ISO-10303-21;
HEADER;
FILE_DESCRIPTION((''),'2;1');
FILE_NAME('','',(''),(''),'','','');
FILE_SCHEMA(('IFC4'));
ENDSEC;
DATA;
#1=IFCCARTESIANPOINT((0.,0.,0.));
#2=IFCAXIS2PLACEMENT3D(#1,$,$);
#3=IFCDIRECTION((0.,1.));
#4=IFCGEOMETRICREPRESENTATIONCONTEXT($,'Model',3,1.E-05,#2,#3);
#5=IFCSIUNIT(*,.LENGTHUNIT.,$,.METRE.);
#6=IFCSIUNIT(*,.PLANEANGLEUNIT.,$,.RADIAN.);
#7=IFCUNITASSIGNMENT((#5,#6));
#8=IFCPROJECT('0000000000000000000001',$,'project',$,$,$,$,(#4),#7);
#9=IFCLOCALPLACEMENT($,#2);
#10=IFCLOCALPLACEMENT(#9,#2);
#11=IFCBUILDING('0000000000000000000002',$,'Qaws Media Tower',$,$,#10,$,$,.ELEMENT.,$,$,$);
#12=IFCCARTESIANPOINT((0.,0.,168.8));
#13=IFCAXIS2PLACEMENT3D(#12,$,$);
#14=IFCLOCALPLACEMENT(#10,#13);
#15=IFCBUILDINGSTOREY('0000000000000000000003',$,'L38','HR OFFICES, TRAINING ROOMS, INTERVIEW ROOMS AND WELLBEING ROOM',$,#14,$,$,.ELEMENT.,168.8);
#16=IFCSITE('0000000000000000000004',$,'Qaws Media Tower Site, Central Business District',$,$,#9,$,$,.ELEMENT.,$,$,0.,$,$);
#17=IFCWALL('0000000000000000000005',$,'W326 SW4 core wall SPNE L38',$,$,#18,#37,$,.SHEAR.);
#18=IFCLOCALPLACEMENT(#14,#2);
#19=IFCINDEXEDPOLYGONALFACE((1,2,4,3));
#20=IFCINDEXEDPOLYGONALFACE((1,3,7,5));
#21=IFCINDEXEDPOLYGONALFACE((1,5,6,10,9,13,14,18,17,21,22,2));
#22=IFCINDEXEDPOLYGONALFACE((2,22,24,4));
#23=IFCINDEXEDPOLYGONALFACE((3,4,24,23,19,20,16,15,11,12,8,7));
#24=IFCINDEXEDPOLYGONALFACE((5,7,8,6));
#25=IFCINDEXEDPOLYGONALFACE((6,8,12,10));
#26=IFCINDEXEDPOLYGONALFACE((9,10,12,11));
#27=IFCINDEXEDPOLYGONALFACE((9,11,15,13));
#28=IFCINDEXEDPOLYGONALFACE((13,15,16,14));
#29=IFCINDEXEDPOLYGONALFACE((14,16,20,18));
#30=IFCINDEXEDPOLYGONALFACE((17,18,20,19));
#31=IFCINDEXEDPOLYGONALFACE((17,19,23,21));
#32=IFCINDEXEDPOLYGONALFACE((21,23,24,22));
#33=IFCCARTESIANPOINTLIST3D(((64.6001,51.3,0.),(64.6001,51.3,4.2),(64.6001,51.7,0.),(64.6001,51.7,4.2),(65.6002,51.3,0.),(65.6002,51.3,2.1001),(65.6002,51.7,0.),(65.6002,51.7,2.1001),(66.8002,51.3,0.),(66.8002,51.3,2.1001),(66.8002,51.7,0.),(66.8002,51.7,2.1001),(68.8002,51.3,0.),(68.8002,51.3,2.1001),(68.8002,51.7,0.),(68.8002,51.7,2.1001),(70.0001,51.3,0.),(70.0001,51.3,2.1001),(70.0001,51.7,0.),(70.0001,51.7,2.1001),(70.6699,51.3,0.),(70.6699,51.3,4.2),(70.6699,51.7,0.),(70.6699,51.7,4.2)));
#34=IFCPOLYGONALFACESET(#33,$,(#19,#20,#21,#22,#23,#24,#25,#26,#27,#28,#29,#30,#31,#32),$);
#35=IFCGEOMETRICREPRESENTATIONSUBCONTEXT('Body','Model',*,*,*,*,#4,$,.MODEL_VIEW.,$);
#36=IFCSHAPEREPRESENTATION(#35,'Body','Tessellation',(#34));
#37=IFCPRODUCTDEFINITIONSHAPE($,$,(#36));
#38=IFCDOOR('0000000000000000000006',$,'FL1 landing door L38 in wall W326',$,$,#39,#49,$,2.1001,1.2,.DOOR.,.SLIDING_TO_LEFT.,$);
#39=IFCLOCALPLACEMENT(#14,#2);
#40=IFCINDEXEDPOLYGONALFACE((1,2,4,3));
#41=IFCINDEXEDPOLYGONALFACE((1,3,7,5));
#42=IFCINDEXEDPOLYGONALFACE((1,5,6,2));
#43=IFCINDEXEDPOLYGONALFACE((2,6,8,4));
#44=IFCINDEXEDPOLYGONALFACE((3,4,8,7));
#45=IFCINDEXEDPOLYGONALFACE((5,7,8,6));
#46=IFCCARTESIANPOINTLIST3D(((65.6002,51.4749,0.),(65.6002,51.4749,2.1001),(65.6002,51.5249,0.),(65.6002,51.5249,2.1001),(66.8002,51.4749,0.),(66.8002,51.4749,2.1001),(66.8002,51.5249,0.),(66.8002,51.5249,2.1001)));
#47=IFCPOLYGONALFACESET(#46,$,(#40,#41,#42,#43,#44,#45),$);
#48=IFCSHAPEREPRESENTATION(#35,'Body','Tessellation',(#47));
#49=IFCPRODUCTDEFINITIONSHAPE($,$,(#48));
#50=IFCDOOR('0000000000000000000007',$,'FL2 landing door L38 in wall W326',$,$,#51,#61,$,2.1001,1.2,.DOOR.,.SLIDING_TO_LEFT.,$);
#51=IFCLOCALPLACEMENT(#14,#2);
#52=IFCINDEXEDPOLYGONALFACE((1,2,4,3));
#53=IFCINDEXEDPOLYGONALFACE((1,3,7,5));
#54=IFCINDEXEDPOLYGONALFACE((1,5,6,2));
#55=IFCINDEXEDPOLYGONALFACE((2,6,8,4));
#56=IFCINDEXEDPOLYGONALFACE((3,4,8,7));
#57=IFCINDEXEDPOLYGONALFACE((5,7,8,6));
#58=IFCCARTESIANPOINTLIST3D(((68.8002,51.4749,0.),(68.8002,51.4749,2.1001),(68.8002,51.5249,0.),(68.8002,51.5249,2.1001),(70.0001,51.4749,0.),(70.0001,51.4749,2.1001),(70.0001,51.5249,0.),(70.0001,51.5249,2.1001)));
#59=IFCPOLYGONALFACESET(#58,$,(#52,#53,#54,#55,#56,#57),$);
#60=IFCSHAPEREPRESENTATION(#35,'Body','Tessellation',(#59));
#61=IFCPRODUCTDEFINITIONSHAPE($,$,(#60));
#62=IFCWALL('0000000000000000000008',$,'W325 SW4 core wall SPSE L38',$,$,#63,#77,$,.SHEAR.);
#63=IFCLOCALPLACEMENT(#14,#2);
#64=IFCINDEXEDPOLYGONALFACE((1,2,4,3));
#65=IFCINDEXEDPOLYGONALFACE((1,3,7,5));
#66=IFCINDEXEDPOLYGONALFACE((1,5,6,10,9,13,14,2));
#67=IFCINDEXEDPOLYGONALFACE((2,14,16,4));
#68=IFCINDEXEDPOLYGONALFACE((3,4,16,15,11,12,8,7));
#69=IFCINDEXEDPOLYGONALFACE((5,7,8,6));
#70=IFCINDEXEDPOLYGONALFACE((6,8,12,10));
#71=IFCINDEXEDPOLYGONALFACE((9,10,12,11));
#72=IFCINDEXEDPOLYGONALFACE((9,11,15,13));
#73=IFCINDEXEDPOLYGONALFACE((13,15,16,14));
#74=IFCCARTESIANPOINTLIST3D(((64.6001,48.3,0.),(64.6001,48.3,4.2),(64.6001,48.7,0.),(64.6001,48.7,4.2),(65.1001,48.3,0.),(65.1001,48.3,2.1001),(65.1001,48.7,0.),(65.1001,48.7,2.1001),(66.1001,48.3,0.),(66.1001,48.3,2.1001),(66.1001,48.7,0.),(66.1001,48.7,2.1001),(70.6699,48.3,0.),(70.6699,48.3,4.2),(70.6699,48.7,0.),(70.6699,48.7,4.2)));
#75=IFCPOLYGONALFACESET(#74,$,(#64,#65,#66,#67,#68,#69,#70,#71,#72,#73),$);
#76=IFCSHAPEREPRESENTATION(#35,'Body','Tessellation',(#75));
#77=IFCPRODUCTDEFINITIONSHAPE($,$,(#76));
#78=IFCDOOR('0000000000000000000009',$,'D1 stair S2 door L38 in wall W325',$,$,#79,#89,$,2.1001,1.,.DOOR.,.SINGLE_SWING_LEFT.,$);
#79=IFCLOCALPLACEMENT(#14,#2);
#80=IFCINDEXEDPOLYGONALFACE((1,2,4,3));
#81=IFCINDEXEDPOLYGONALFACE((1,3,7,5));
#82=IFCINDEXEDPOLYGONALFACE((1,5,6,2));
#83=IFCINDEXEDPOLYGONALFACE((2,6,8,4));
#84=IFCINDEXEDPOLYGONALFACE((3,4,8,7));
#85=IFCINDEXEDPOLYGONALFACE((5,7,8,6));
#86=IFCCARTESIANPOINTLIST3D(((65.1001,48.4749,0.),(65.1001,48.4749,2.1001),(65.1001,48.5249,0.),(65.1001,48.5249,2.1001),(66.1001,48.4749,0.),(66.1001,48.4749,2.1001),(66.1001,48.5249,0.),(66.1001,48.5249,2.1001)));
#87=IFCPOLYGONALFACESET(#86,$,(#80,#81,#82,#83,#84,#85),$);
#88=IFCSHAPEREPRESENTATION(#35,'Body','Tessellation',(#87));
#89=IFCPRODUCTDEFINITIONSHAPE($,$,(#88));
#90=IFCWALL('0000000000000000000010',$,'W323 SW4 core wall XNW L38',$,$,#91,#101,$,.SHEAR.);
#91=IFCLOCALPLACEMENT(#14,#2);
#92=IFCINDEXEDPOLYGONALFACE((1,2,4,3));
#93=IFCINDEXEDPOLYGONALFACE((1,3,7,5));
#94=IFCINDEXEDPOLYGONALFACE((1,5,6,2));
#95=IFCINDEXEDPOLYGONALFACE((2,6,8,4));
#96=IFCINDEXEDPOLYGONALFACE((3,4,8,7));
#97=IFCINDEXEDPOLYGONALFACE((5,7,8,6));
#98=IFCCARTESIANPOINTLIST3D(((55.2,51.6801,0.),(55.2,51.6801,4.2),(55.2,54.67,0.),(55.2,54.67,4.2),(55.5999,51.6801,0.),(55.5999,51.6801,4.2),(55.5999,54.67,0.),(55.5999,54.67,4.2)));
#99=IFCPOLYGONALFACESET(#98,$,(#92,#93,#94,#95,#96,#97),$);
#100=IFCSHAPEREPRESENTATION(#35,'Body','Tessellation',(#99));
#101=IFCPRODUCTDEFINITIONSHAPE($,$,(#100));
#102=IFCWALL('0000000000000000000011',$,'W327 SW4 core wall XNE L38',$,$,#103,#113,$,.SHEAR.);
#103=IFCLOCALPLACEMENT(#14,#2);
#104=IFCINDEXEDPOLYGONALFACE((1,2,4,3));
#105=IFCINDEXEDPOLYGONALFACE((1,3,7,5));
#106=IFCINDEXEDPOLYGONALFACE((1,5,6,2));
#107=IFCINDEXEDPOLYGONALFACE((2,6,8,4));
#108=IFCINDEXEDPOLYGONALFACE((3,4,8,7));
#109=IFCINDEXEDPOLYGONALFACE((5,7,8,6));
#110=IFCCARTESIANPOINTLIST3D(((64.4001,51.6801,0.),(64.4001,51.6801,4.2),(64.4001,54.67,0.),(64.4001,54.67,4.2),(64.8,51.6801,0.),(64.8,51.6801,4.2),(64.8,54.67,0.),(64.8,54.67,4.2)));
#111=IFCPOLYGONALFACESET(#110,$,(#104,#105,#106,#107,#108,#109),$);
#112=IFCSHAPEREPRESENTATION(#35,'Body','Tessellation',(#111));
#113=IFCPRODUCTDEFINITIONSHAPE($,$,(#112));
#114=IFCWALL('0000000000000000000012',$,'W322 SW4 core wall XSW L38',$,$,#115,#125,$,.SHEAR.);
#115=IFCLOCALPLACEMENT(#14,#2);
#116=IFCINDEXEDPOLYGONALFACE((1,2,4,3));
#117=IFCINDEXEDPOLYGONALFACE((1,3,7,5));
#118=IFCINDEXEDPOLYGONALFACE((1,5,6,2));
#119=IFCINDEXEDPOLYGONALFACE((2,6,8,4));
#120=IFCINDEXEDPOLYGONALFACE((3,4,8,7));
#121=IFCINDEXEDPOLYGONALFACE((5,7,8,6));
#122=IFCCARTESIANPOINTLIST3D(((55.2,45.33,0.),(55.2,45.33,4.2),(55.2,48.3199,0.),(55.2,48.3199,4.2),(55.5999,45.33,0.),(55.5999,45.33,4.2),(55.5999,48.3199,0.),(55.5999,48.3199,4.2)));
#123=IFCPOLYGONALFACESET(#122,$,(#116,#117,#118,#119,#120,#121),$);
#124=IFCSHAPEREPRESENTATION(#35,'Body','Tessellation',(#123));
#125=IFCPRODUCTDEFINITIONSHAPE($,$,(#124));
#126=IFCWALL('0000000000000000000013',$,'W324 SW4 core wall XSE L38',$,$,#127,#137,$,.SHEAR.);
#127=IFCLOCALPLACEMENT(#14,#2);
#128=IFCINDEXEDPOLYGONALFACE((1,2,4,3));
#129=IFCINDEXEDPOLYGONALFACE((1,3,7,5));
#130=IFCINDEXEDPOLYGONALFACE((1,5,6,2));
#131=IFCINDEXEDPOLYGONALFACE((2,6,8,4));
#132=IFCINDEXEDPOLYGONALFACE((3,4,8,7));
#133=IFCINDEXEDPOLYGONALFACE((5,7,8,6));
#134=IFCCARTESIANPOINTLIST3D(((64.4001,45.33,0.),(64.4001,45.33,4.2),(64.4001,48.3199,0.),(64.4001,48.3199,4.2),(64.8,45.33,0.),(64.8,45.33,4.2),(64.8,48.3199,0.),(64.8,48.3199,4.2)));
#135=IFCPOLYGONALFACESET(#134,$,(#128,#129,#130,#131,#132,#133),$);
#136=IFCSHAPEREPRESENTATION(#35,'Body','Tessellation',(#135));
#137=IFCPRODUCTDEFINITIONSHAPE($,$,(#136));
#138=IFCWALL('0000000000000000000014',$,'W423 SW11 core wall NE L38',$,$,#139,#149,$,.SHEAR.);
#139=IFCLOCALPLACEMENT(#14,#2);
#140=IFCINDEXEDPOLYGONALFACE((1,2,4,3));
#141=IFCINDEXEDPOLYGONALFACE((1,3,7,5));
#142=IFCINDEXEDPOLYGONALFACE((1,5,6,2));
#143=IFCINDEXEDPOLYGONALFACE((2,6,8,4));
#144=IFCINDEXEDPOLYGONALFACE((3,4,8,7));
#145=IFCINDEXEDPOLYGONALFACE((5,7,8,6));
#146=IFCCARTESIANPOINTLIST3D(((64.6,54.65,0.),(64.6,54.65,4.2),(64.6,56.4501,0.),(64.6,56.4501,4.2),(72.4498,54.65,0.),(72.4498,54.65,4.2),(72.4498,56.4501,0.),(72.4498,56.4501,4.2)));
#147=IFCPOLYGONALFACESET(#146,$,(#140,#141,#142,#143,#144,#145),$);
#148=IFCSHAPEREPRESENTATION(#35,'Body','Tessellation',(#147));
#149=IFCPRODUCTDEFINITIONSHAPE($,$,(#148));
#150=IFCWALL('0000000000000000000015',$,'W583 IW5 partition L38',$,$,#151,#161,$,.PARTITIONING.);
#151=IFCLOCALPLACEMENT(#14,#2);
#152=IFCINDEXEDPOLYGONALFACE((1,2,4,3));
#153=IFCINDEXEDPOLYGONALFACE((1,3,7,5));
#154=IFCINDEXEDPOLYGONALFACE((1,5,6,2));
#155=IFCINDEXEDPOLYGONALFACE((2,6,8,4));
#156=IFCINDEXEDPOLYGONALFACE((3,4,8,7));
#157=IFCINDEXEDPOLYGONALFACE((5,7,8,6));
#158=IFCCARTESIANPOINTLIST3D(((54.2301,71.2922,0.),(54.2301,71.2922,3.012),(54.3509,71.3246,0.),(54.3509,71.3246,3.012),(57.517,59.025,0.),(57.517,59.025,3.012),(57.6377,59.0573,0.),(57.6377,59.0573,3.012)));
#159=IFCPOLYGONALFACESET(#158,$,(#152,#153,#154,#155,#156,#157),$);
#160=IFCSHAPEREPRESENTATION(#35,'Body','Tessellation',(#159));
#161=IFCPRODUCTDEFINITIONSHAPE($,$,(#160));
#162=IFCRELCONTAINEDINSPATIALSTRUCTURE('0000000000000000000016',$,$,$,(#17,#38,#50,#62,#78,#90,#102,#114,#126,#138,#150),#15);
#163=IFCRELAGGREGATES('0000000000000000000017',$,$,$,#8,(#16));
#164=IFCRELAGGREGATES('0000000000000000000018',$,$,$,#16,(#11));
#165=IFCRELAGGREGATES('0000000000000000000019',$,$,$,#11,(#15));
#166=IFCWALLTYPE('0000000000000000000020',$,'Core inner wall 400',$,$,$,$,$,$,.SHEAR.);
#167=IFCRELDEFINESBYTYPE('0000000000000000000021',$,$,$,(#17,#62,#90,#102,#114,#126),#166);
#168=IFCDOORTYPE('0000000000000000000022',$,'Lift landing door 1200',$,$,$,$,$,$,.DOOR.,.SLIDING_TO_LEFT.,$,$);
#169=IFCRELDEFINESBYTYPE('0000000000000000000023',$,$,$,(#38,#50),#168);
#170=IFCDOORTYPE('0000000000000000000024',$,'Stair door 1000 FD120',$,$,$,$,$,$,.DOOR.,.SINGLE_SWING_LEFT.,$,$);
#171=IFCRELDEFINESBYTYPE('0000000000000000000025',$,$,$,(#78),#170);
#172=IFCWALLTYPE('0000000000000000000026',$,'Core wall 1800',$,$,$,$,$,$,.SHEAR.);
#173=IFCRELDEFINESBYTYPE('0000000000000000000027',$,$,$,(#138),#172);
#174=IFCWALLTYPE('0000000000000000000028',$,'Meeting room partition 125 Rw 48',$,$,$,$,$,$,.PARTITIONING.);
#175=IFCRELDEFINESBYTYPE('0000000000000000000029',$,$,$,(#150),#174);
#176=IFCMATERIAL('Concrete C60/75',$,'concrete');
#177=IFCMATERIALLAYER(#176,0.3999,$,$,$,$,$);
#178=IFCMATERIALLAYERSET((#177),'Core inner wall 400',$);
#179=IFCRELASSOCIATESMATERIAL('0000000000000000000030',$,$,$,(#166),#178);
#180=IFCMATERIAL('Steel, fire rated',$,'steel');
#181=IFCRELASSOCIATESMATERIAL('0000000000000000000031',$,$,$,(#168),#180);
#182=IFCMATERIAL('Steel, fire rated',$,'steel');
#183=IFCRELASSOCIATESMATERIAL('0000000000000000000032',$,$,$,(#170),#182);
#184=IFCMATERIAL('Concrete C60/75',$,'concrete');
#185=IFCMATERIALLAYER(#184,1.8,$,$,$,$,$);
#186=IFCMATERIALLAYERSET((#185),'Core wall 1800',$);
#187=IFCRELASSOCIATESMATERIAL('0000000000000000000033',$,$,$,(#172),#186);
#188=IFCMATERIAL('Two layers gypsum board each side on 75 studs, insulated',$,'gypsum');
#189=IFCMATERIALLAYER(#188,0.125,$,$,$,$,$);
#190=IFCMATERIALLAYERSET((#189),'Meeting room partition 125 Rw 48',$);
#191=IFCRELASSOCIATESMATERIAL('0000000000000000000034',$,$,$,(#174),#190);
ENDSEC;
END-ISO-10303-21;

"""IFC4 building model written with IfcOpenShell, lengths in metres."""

from ifc_helpers import new_model, si_unit, direction, frame, frame_2d, origin, place, context, subcontext, project, spatial, rectangle, extrude, material, layer, layer_set, type_object, element, fill, save


model = new_model("IFC4")

# Units and contexts
model_context = context("Model", 3, precision=1e-05, world=origin(), true_north=direction((0.0, 1.0)))
body_context = subcontext(model_context, "Body", "Model", "MODEL_VIEW")
ifc_project = project(units=[si_unit("LENGTHUNIT", "METRE"), si_unit("PLANEANGLEUNIT", "RADIAN")], contexts=[model_context])

# Site, building, storey
site_placement = place(None, origin())
site = spatial("IfcSite", under=ifc_project, at=site_placement, Name="Qaws Media Tower Site, Central Business District", CompositionType="ELEMENT", RefElevation=0.0)
building_placement = place(site_placement, origin())
building = spatial("IfcBuilding", under=site, at=building_placement, Name="Qaws Media Tower", CompositionType="ELEMENT")
storey_placement = place(building_placement, frame((0.0, 0.0, 168.8)))
storey = spatial("IfcBuildingStorey", under=building, at=storey_placement, Name="L38", Description="HR OFFICES, TRAINING ROOMS, INTERVIEW ROOMS AND WELLBEING ROOM", CompositionType="ELEMENT", Elevation=168.8)

# Wall, openings, doors
ifc_material_1 = material(Name="Concrete C60/75", Category="concrete")
ifc_layer_1 = layer(ifc_material_1, 0.3999)
ifc_layer_set_1 = layer_set([ifc_layer_1], Name="Core inner wall 400")
wall_type_1 = type_object("IfcWallType", Name="Core inner wall 400", PredefinedType="SHEAR", material=ifc_layer_set_1)
wall_1_placement = place(storey_placement, frame((64.6001, 51.5, 0.0), z_axis=(0.0, 0.0, 1.0), x_axis=(1.0, 0.0, 0.0)))
wall_1 = element("IfcWall", 1, at=wall_1_placement, inside=storey, type_object=wall_type_1, Name="W326 SW4 core wall SPNE L38", PredefinedType="SHEAR", context=body_context, shape_type="SweptSolid", body=[
    extrude(rectangle(XDim=6.0698, YDim=0.3999, at=frame_2d((3.0349, 0.0))), origin(), (0.0, 0.0, 1.0), 4.2),
])
opening_1_placement = place(wall_1_placement, frame((1.0, 0.0, 0.0)))
opening_1 = element("IfcOpeningElement", 2, at=opening_1_placement, cuts=wall_1, PredefinedType="OPENING", context=body_context, shape_type="SweptSolid", body=[
    extrude(rectangle(XDim=1.2, YDim=2.1001, at=frame_2d((0.6001, 1.05))), frame((0.0, 0.21, 0.0), z_axis=(0.0, -1.0, 0.0), x_axis=(1.0, 0.0, 0.0)), (0.0, 0.0, 1.0), 0.4199),
])
opening_2_placement = place(wall_1_placement, frame((4.2, 0.0, 0.0)))
opening_2 = element("IfcOpeningElement", 3, at=opening_2_placement, cuts=wall_1, PredefinedType="OPENING", context=body_context, shape_type="SweptSolid", body=[
    extrude(rectangle(XDim=1.2, YDim=2.1001, at=frame_2d((0.6001, 1.05))), frame((0.0, 0.21, 0.0), z_axis=(0.0, -1.0, 0.0), x_axis=(1.0, 0.0, 0.0)), (0.0, 0.0, 1.0), 0.4199),
])
ifc_material_2 = material(Name="Steel, fire rated", Category="steel")
door_type_1 = type_object("IfcDoorType", Name="Lift landing door 1200", OperationType="SLIDING_TO_LEFT", PredefinedType="DOOR", material=ifc_material_2)
door_1_placement = place(opening_1_placement, origin())
door_1 = element("IfcDoor", 4, at=door_1_placement, inside=storey, type_object=door_type_1, Name="FL1 landing door L38 in wall W326", OperationType="SLIDING_TO_LEFT", OverallHeight=2.1001, OverallWidth=1.2, PredefinedType="DOOR", context=body_context, shape_type="SweptSolid", body=[
    extrude(rectangle(XDim=1.2, YDim=2.1001, at=frame_2d((0.6001, 1.05))), frame((0.0, 0.0249, 0.0), z_axis=(0.0, -1.0, 0.0), x_axis=(1.0, 0.0, 0.0)), (0.0, 0.0, 1.0), 0.05),
])
fill(opening_1, door_1)
door_2_placement = place(opening_2_placement, origin())
door_2 = element("IfcDoor", 5, at=door_2_placement, inside=storey, type_object=door_type_1, Name="FL2 landing door L38 in wall W326", OperationType="SLIDING_TO_LEFT", OverallHeight=2.1001, OverallWidth=1.2, PredefinedType="DOOR", context=body_context, shape_type="SweptSolid", body=[
    extrude(rectangle(XDim=1.2, YDim=2.1001, at=frame_2d((0.6001, 1.05))), frame((0.0, 0.0249, 0.0), z_axis=(0.0, -1.0, 0.0), x_axis=(1.0, 0.0, 0.0)), (0.0, 0.0, 1.0), 0.05),
])
fill(opening_2, door_2)

# Wall, opening, door
wall_2_placement = place(storey_placement, frame((64.6001, 48.5, 0.0), z_axis=(0.0, 0.0, 1.0), x_axis=(1.0, 0.0, 0.0)))
wall_2 = element("IfcWall", 6, at=wall_2_placement, inside=storey, type_object=wall_type_1, Name="W325 SW4 core wall SPSE L38", PredefinedType="SHEAR", context=body_context, shape_type="SweptSolid", body=[
    extrude(rectangle(XDim=6.0698, YDim=0.3999, at=frame_2d((3.0349, 0.0))), origin(), (0.0, 0.0, 1.0), 4.2),
])
opening_3_placement = place(wall_2_placement, frame((0.5, 0.0, 0.0)))
opening_3 = element("IfcOpeningElement", 7, at=opening_3_placement, cuts=wall_2, PredefinedType="OPENING", context=body_context, shape_type="SweptSolid", body=[
    extrude(rectangle(XDim=1.0, YDim=2.1001, at=frame_2d((0.5, 1.05))), frame((0.0, 0.21, 0.0), z_axis=(0.0, -1.0, 0.0), x_axis=(1.0, 0.0, 0.0)), (0.0, 0.0, 1.0), 0.4199),
])
ifc_material_3 = material(Name="Steel, fire rated", Category="steel")
door_type_2 = type_object("IfcDoorType", Name="Stair door 1000 FD120", OperationType="SINGLE_SWING_LEFT", PredefinedType="DOOR", material=ifc_material_3)
door_3_placement = place(opening_3_placement, origin())
door_3 = element("IfcDoor", 8, at=door_3_placement, inside=storey, type_object=door_type_2, Name="D1 stair S2 door L38 in wall W325", OperationType="SINGLE_SWING_LEFT", OverallHeight=2.1001, OverallWidth=1.0, PredefinedType="DOOR", context=body_context, shape_type="SweptSolid", body=[
    extrude(rectangle(XDim=1.0, YDim=2.1001, at=frame_2d((0.5, 1.05))), frame((0.0, 0.0249, 0.0), z_axis=(0.0, -1.0, 0.0), x_axis=(1.0, 0.0, 0.0)), (0.0, 0.0, 1.0), 0.05),
])
fill(opening_3, door_3)

# Walls
for number, where, z_axis, x_axis, name in (
    (9, (55.3999, 51.6799, 0.0), (0.0, 0.0, 1.0), (0.0, 1.0, 0.0), "W323 SW4 core wall XNW L38"),
    (10, (64.6001, 51.6799, 0.0), (0.0, 0.0, 1.0), (0.0, 1.0, 0.0), "W327 SW4 core wall XNE L38"),
    (11, (55.3999, 48.3201, 0.0), (0.0, 0.0, 1.0), (0.0, -1.0, 0.0), "W322 SW4 core wall XSW L38"),
    (12, (64.6001, 48.3201, 0.0), (0.0, 0.0, 1.0), (0.0, -1.0, 0.0), "W324 SW4 core wall XSE L38"),
):
    element("IfcWall", number, at=place(storey_placement, frame(where, z_axis=z_axis, x_axis=x_axis)), inside=storey, type_object=wall_type_1, Name=name, PredefinedType="SHEAR", context=body_context, shape_type="SweptSolid", body=[
        extrude(rectangle(XDim=2.99, YDim=0.3999, at=frame_2d((1.4951, 0.0))), origin(), (0.0, 0.0, 1.0), 4.2),
    ])
ifc_material_4 = material(Name="Concrete C60/75", Category="concrete")
ifc_layer_2 = layer(ifc_material_4, 1.8)
ifc_layer_set_2 = layer_set([ifc_layer_2], Name="Core wall 1800")
wall_type_2 = type_object("IfcWallType", Name="Core wall 1800", PredefinedType="SHEAR", material=ifc_layer_set_2)
wall_3_placement = place(storey_placement, frame((64.6001, 55.55, 0.0), z_axis=(0.0, 0.0, 1.0), x_axis=(1.0, 0.0, 0.0)))
element("IfcWall", 13, at=wall_3_placement, inside=storey, type_object=wall_type_2, Name="W423 SW11 core wall NE L38", PredefinedType="SHEAR", context=body_context, shape_type="SweptSolid", body=[
    extrude(rectangle(XDim=7.8499, YDim=1.8, at=frame_2d((3.9248, 0.0))), origin(), (0.0, 0.0, 1.0), 4.2),
])
ifc_material_5 = material(Name="Two layers gypsum board each side on 75 studs, insulated", Category="gypsum")
ifc_layer_3 = layer(ifc_material_5, 0.125)
ifc_layer_set_3 = layer_set([ifc_layer_3], Name="Meeting room partition 125 Rw 48")
wall_type_3 = type_object("IfcWallType", Name="Meeting room partition 125 Rw 48", PredefinedType="PARTITIONING", material=ifc_layer_set_3)
wall_4_placement = place(storey_placement, frame((57.5774, 59.041, 0.0), z_axis=(0.0, 0.0, 1.0), x_axis=(-0.258808, 0.965929, 0.0)))
element("IfcWall", 14, at=wall_4_placement, inside=storey, type_object=wall_type_3, Name="W583 IW5 partition L38", PredefinedType="PARTITIONING", context=body_context, shape_type="SweptSolid", body=[
    extrude(rectangle(XDim=12.7, YDim=0.125, at=frame_2d((6.3501, 0.0))), origin(), (0.0, 0.0, 1.0), 3.012),
])

save(model, "model.ifc")
